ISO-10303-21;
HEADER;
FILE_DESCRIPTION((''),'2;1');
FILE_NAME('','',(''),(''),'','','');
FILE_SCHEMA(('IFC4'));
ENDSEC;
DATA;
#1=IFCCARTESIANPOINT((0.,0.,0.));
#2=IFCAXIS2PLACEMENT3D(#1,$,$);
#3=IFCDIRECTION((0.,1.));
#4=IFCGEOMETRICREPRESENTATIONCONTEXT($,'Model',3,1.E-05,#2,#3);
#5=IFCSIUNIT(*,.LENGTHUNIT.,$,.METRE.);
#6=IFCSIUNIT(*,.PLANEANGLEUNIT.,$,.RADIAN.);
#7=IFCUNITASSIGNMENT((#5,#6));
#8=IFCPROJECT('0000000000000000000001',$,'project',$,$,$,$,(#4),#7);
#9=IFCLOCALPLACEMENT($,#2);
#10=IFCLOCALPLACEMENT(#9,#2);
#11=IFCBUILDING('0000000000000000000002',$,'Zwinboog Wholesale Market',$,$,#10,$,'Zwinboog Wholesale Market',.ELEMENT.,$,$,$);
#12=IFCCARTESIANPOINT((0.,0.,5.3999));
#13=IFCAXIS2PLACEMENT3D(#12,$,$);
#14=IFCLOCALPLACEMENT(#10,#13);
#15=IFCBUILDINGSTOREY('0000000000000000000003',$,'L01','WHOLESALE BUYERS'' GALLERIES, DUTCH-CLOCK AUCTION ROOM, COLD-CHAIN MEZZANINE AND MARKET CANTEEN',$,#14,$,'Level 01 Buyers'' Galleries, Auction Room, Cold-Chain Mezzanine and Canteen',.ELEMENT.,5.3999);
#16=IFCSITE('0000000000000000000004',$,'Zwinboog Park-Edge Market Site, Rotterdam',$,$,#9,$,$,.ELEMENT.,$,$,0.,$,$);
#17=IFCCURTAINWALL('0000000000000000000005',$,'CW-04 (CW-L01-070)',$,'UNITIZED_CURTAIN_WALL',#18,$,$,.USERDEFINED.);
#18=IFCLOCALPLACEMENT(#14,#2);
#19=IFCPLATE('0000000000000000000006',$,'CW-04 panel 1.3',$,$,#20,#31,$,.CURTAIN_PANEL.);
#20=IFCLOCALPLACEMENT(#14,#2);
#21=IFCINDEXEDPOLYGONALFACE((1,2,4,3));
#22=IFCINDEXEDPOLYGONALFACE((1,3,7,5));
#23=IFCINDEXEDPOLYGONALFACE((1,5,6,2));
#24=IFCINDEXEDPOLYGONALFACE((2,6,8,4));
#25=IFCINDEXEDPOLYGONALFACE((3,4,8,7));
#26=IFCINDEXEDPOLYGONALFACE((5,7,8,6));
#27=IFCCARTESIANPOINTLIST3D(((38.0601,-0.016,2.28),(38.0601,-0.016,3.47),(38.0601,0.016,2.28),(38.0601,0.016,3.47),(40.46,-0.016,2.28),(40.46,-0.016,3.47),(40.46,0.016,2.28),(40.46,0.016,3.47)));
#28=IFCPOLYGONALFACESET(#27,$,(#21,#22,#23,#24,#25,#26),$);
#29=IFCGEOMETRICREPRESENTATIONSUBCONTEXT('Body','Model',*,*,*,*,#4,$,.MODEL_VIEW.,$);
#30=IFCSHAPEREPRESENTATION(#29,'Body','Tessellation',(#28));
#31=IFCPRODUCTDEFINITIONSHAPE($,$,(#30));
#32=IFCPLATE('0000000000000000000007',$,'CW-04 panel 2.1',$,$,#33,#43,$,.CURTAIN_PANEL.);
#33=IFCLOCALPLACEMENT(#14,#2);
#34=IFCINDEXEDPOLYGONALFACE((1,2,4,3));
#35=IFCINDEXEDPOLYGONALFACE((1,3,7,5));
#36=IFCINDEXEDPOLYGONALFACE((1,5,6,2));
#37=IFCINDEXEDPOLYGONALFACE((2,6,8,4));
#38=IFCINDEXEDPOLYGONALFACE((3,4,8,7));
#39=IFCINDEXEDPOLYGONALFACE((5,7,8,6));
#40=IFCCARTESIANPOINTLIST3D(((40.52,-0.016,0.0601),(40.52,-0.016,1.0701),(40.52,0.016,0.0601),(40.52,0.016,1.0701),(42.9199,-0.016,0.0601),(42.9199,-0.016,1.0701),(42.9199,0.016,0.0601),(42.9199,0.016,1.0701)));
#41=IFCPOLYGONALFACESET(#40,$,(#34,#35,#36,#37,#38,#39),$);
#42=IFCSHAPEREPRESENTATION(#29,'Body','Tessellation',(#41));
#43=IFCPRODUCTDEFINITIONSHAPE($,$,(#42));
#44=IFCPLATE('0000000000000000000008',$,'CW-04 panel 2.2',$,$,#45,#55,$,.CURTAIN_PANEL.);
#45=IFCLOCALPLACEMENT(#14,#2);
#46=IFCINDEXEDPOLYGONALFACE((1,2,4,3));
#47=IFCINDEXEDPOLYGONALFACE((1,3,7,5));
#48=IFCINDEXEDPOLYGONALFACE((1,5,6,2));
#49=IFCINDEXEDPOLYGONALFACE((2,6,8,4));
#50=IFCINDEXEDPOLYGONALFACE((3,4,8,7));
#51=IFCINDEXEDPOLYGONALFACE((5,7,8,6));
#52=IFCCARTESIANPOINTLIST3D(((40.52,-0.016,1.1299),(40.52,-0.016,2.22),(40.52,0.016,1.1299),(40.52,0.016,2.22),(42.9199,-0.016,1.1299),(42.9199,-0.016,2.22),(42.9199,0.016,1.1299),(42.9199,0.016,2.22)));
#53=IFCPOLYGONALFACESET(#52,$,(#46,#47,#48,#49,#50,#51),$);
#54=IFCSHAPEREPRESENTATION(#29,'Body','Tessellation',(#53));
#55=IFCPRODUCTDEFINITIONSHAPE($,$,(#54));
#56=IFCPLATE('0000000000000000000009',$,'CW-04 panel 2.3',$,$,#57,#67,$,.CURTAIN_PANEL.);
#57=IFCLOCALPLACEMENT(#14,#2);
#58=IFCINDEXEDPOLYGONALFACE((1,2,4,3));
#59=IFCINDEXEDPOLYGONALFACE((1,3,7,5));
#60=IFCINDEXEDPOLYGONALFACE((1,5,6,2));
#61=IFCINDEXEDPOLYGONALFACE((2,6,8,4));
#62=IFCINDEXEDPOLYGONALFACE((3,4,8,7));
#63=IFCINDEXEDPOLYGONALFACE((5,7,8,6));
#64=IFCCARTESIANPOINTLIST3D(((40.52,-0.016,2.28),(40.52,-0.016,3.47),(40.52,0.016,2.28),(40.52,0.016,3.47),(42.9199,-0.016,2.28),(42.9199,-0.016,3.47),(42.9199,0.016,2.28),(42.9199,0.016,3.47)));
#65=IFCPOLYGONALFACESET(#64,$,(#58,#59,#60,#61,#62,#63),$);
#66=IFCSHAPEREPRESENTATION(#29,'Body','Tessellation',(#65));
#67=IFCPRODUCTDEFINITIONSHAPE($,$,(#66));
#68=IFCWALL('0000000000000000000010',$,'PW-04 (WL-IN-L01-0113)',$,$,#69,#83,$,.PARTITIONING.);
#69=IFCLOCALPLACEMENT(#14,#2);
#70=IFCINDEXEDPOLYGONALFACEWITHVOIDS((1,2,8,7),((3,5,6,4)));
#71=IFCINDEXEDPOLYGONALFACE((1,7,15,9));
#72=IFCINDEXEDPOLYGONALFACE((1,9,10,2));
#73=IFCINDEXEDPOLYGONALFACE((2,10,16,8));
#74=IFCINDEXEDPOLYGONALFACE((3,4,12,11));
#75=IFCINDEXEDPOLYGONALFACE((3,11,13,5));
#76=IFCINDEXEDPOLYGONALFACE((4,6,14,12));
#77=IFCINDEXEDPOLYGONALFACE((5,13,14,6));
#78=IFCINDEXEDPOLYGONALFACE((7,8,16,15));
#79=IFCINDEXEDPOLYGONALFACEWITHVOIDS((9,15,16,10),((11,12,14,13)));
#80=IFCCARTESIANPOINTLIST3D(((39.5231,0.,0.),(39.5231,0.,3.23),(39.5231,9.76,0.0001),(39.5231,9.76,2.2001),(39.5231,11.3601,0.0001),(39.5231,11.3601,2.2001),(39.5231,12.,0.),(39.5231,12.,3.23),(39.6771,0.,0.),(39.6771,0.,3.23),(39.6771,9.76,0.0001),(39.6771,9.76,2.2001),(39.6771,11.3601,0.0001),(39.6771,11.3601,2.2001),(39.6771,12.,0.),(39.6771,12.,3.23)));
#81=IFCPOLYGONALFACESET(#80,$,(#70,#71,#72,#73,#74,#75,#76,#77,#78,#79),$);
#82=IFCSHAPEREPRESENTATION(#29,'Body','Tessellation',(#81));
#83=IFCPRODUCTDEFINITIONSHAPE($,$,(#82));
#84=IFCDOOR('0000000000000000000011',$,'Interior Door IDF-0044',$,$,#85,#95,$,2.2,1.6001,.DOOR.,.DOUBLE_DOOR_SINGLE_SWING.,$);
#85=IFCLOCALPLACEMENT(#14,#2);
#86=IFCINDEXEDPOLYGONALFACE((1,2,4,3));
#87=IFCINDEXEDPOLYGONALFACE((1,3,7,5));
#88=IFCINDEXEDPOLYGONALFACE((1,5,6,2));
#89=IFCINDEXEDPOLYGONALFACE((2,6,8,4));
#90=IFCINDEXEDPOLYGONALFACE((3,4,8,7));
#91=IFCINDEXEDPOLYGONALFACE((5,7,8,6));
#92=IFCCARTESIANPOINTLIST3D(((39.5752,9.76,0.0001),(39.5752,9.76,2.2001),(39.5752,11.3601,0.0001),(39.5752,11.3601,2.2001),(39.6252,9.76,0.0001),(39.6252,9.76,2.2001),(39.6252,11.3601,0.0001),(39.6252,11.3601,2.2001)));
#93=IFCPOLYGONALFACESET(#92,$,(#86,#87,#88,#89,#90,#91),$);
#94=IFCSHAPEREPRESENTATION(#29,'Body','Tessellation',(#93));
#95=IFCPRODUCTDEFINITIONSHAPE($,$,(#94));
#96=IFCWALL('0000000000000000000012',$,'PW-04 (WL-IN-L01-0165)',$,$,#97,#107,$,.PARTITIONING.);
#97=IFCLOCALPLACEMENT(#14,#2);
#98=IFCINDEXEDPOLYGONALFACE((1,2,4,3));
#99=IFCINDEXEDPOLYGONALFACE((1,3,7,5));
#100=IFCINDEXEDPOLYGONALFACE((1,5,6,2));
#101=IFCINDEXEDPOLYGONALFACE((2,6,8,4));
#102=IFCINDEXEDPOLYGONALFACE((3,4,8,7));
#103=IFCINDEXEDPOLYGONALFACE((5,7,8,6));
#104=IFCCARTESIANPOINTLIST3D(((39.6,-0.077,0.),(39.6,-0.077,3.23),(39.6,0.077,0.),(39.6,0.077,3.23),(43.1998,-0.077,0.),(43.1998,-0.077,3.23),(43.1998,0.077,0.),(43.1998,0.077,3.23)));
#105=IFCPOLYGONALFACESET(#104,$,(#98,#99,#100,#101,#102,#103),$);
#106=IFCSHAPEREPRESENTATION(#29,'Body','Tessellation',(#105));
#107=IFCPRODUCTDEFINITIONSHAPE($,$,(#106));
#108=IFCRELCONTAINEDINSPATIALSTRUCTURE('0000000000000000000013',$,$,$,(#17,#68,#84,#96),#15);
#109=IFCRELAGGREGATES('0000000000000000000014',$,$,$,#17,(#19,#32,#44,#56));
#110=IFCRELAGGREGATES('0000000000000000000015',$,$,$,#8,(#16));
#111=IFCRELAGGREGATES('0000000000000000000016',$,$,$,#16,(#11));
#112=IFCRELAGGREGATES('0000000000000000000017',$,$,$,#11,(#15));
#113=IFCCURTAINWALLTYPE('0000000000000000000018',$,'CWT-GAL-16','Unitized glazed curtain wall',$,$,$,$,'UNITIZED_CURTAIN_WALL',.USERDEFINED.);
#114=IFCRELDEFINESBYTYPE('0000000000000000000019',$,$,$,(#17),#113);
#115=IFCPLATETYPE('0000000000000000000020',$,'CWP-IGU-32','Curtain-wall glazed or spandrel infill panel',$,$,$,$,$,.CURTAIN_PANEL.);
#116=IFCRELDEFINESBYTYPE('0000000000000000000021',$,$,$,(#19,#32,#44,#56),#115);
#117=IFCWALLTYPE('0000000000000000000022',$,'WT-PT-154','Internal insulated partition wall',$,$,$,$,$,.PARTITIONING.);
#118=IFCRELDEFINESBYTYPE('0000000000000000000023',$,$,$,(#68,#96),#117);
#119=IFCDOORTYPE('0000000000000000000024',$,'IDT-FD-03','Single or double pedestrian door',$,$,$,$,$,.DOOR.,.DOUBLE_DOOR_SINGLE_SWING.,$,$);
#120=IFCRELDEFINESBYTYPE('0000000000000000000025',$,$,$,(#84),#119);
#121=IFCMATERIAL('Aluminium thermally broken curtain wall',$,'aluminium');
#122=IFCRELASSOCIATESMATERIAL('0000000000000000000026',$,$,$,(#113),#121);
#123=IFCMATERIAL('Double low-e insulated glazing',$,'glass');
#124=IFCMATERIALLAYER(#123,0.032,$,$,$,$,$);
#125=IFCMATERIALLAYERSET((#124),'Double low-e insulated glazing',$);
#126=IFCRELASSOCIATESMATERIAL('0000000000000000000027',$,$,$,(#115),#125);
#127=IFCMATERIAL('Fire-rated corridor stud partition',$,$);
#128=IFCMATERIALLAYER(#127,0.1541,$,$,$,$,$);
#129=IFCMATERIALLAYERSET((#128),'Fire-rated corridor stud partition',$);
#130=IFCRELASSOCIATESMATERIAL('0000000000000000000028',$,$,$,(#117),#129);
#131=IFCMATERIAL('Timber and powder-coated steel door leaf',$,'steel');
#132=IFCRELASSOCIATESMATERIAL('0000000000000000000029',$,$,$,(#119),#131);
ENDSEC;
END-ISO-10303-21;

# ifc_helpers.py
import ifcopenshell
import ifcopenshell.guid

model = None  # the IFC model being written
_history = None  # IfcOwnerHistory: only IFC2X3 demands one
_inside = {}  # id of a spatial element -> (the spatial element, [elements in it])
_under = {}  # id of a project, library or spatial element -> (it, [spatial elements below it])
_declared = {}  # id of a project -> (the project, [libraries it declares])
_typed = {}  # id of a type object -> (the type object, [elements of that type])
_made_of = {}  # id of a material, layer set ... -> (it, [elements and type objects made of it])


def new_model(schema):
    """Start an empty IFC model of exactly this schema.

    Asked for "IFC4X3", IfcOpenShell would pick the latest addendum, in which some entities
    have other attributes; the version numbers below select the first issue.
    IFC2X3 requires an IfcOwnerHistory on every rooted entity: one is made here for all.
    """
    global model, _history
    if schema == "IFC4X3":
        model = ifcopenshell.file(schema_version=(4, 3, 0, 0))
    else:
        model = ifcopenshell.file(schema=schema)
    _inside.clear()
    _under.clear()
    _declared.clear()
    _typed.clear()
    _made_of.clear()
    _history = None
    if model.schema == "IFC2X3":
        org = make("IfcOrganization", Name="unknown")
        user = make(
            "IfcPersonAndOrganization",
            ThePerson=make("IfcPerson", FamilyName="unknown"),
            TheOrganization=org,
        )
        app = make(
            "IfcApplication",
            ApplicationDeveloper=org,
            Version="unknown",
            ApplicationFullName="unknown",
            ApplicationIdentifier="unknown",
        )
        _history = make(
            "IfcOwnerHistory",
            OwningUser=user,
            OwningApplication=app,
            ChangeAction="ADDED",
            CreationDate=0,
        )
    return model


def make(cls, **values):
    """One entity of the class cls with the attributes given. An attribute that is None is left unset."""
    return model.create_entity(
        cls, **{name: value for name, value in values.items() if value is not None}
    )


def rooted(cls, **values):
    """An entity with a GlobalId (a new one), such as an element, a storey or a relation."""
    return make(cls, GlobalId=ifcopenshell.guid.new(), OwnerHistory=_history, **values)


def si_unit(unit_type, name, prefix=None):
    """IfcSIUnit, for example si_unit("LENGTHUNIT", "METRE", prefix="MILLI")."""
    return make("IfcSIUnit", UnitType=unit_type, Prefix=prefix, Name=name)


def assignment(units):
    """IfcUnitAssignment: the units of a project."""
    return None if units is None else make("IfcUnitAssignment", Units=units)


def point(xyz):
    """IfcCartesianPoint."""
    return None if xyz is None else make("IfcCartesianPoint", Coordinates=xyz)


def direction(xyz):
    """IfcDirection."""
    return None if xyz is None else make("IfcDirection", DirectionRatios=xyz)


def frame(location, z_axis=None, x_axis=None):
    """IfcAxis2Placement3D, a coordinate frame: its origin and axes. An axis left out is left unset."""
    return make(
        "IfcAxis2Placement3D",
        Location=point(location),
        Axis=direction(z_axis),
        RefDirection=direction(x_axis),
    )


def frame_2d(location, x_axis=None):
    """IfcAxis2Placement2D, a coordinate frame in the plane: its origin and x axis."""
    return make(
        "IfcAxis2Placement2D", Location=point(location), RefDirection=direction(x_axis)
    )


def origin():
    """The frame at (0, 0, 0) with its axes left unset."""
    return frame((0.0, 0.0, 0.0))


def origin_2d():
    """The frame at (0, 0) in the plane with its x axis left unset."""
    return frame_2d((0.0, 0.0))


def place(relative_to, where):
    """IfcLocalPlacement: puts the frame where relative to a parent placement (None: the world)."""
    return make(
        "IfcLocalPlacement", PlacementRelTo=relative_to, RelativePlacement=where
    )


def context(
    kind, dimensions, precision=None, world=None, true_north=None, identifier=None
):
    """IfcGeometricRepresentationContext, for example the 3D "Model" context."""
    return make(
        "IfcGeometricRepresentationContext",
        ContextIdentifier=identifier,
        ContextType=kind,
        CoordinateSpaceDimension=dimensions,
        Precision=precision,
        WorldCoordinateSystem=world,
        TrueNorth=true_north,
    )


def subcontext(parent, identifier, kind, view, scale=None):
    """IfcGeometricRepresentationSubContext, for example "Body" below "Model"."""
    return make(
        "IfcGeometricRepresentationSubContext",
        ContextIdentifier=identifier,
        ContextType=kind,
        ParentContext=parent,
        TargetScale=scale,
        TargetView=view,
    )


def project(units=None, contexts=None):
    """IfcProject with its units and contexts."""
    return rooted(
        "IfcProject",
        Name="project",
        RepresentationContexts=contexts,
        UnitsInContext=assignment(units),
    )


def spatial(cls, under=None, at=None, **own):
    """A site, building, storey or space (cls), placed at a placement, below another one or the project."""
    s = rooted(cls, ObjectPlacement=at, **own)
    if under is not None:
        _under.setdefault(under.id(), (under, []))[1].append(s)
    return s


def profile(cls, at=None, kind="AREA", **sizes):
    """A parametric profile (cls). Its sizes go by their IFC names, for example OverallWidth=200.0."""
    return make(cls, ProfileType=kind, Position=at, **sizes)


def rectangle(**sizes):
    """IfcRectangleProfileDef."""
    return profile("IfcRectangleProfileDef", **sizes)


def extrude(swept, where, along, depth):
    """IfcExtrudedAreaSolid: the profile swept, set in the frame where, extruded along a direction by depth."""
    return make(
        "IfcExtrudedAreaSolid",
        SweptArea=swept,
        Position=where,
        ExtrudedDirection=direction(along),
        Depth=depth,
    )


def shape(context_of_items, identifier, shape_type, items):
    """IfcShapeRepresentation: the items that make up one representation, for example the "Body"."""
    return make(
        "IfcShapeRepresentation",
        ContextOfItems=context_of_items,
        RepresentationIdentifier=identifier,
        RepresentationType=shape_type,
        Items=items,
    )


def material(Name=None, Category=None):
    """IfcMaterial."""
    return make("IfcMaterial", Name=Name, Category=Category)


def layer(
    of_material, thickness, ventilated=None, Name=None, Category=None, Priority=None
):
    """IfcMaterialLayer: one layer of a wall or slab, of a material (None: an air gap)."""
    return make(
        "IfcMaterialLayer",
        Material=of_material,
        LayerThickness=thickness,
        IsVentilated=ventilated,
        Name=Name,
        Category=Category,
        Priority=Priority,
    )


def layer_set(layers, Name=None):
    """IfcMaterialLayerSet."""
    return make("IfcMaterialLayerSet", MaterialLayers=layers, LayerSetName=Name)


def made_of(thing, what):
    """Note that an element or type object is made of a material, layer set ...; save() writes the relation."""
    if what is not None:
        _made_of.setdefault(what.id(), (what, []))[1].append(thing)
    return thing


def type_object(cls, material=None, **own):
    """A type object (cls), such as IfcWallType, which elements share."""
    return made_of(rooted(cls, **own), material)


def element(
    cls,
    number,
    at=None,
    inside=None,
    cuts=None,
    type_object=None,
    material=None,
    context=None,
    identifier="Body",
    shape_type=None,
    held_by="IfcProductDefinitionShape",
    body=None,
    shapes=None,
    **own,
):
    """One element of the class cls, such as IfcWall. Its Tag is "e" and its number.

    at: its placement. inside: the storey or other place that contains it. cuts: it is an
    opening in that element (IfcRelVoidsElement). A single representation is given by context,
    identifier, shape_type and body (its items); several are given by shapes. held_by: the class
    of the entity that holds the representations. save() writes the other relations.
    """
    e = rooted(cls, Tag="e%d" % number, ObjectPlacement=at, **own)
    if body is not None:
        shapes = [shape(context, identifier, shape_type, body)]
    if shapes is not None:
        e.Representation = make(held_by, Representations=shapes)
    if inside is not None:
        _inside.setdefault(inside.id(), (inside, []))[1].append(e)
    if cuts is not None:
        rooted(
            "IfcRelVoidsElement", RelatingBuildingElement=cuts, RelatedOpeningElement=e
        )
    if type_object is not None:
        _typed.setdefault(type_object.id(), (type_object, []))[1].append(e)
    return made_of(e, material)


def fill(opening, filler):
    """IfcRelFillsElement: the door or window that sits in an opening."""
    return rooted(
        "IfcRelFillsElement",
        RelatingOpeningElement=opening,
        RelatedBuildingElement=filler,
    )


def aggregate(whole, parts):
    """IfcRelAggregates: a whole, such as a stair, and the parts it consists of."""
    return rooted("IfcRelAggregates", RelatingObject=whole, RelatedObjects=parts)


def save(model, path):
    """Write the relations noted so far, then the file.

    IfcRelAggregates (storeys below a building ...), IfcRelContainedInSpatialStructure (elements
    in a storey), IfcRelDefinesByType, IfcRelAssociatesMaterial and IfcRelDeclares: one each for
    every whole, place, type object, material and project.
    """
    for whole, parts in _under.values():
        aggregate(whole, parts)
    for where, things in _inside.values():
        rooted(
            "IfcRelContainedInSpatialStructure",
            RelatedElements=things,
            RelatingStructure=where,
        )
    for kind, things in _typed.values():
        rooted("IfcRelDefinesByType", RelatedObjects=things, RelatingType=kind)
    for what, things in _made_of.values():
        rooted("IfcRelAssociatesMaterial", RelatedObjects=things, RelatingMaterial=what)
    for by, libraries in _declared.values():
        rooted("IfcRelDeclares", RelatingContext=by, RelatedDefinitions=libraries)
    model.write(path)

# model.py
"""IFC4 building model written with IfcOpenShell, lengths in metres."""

from ifc_helpers import new_model, si_unit, direction, frame, frame_2d, origin, origin_2d, place, context, subcontext, project, spatial, rectangle, extrude, material, layer, layer_set, type_object, element, fill, aggregate, save


model = new_model("IFC4")

# Units and contexts
model_context = context("Model", 3, precision=1e-05, world=origin(), true_north=direction((0.0, 1.0)))
body_context = subcontext(model_context, "Body", "Model", "MODEL_VIEW")
ifc_project = project(units=[si_unit("LENGTHUNIT", "METRE"), si_unit("PLANEANGLEUNIT", "RADIAN")], contexts=[model_context])

# Site, building, storey
site_placement = place(None, origin())
site = spatial("IfcSite", under=ifc_project, at=site_placement, Name="Zwinboog Park-Edge Market Site, Rotterdam", CompositionType="ELEMENT", RefElevation=0.0)
building_placement = place(site_placement, origin())
building = spatial("IfcBuilding", under=site, at=building_placement, Name="Zwinboog Wholesale Market", LongName="Zwinboog Wholesale Market", CompositionType="ELEMENT")
storey_placement = place(building_placement, frame((0.0, 0.0, 5.3999)))
storey = spatial("IfcBuildingStorey", under=building, at=storey_placement, Name="L01", Description="WHOLESALE BUYERS' GALLERIES, DUTCH-CLOCK AUCTION ROOM, COLD-CHAIN MEZZANINE AND MARKET CANTEEN", LongName="Level 01 Buyers' Galleries, Auction Room, Cold-Chain Mezzanine and Canteen", CompositionType="ELEMENT", Elevation=5.3999)

# Curtain wall, plates
ifc_material_1 = material(Name="Aluminium thermally broken curtain wall", Category="aluminium")
curtain_wall_type = type_object("IfcCurtainWallType", Name="CWT-GAL-16", Description="Unitized glazed curtain wall", ElementType="UNITIZED_CURTAIN_WALL", PredefinedType="USERDEFINED", material=ifc_material_1)
curtain_wall_placement = place(storey_placement, origin())
curtain_wall = element("IfcCurtainWall", 1, at=curtain_wall_placement, inside=storey, type_object=curtain_wall_type, Name="CW-04 (CW-L01-070)", ObjectType="UNITIZED_CURTAIN_WALL", PredefinedType="USERDEFINED")
ifc_material_2 = material(Name="Double low-e insulated glazing", Category="glass")
ifc_layer_1 = layer(ifc_material_2, 0.032)
ifc_layer_set_1 = layer_set([ifc_layer_1], Name="Double low-e insulated glazing")
plate_type = type_object("IfcPlateType", Name="CWP-IGU-32", Description="Curtain-wall glazed or spandrel infill panel", PredefinedType="CURTAIN_PANEL", material=ifc_layer_set_1)
plate_1_placement = place(storey_placement, frame((39.26, 0.0, 2.28), z_axis=(0.0, 0.0, 1.0), x_axis=(1.0, 0.0, 0.0)))
plate_1 = element("IfcPlate", 2, at=plate_1_placement, type_object=plate_type, Name="CW-04 panel 1.3", PredefinedType="CURTAIN_PANEL", context=body_context, shape_type="SweptSolid", body=[
    extrude(rectangle(XDim=2.3999, YDim=0.032, at=origin_2d()), origin(), (0.0, 0.0, 1.0), 1.1899),
])
plate_2_placement = place(storey_placement, frame((41.72, 0.0, 0.0601), z_axis=(0.0, 0.0, 1.0), x_axis=(1.0, 0.0, 0.0)))
plate_2 = element("IfcPlate", 3, at=plate_2_placement, type_object=plate_type, Name="CW-04 panel 2.1", PredefinedType="CURTAIN_PANEL", context=body_context, shape_type="SweptSolid", body=[
    extrude(rectangle(XDim=2.3999, YDim=0.032, at=origin_2d()), origin(), (0.0, 0.0, 1.0), 1.01),
])
plate_3_placement = place(storey_placement, frame((41.72, 0.0, 1.1299), z_axis=(0.0, 0.0, 1.0), x_axis=(1.0, 0.0, 0.0)))
plate_3 = element("IfcPlate", 4, at=plate_3_placement, type_object=plate_type, Name="CW-04 panel 2.2", PredefinedType="CURTAIN_PANEL", context=body_context, shape_type="SweptSolid", body=[
    extrude(rectangle(XDim=2.3999, YDim=0.032, at=origin_2d()), origin(), (0.0, 0.0, 1.0), 1.0901),
])
plate_4_placement = place(storey_placement, frame((41.72, 0.0, 2.28), z_axis=(0.0, 0.0, 1.0), x_axis=(1.0, 0.0, 0.0)))
plate_4 = element("IfcPlate", 5, at=plate_4_placement, type_object=plate_type, Name="CW-04 panel 2.3", PredefinedType="CURTAIN_PANEL", context=body_context, shape_type="SweptSolid", body=[
    extrude(rectangle(XDim=2.3999, YDim=0.032, at=origin_2d()), origin(), (0.0, 0.0, 1.0), 1.1899),
])
aggregate(curtain_wall, [plate_1, plate_2, plate_3, plate_4])

# Wall, opening, door
ifc_material_3 = material(Name="Fire-rated corridor stud partition")
ifc_layer_2 = layer(ifc_material_3, 0.1541)
ifc_layer_set_2 = layer_set([ifc_layer_2], Name="Fire-rated corridor stud partition")
wall_type = type_object("IfcWallType", Name="WT-PT-154", Description="Internal insulated partition wall", PredefinedType="PARTITIONING", material=ifc_layer_set_2)
wall_1_placement = place(storey_placement, frame((39.6001, 0.0, 0.0), z_axis=(0.0, 0.0, 1.0), x_axis=(0.0, 1.0, 0.0)))
wall_1 = element("IfcWall", 6, at=wall_1_placement, inside=storey, type_object=wall_type, Name="PW-04 (WL-IN-L01-0113)", PredefinedType="PARTITIONING", context=body_context, shape_type="SweptSolid", body=[
    extrude(rectangle(XDim=12.0, YDim=0.1541, at=frame_2d((6.0, 0.0))), origin(), (0.0, 0.0, 1.0), 3.23),
])
opening_placement = place(wall_1_placement, frame((9.76, 0.0, 0.0)))
opening = element("IfcOpeningElement", 7, at=opening_placement, cuts=wall_1, PredefinedType="OPENING", context=body_context, shape_type="SweptSolid", body=[
    extrude(rectangle(XDim=1.6001, YDim=2.2, at=frame_2d((0.8, 1.1001))), frame((0.0, 0.0869, 0.0), z_axis=(0.0, -1.0, 0.0), x_axis=(1.0, 0.0, 0.0)), (0.0, 0.0, 1.0), 0.1741),
])
ifc_material_4 = material(Name="Timber and powder-coated steel door leaf", Category="steel")
door_type = type_object("IfcDoorType", Name="IDT-FD-03", Description="Single or double pedestrian door", OperationType="DOUBLE_DOOR_SINGLE_SWING", PredefinedType="DOOR", material=ifc_material_4)
door_placement = place(opening_placement, origin())
door = element("IfcDoor", 8, at=door_placement, inside=storey, type_object=door_type, Name="Interior Door IDF-0044", OperationType="DOUBLE_DOOR_SINGLE_SWING", OverallHeight=2.2, OverallWidth=1.6001, PredefinedType="DOOR", context=body_context, shape_type="SweptSolid", body=[
    extrude(rectangle(XDim=1.6001, YDim=2.2, at=frame_2d((0.8, 1.1001))), frame((0.0, 0.0249, 0.0), z_axis=(0.0, -1.0, 0.0), x_axis=(1.0, 0.0, 0.0)), (0.0, 0.0, 1.0), 0.05),
])
fill(opening, door)

# Wall
wall_2_placement = place(storey_placement, frame((39.6001, 0.0, 0.0), z_axis=(0.0, 0.0, 1.0), x_axis=(1.0, 0.0, 0.0)))
element("IfcWall", 9, at=wall_2_placement, inside=storey, type_object=wall_type, Name="PW-04 (WL-IN-L01-0165)", PredefinedType="PARTITIONING", context=body_context, shape_type="SweptSolid", body=[
    extrude(rectangle(XDim=3.5999, YDim=0.1541, at=frame_2d((1.7998, 0.0))), origin(), (0.0, 0.0, 1.0), 3.23),
])

save(model, "model.ifc")
